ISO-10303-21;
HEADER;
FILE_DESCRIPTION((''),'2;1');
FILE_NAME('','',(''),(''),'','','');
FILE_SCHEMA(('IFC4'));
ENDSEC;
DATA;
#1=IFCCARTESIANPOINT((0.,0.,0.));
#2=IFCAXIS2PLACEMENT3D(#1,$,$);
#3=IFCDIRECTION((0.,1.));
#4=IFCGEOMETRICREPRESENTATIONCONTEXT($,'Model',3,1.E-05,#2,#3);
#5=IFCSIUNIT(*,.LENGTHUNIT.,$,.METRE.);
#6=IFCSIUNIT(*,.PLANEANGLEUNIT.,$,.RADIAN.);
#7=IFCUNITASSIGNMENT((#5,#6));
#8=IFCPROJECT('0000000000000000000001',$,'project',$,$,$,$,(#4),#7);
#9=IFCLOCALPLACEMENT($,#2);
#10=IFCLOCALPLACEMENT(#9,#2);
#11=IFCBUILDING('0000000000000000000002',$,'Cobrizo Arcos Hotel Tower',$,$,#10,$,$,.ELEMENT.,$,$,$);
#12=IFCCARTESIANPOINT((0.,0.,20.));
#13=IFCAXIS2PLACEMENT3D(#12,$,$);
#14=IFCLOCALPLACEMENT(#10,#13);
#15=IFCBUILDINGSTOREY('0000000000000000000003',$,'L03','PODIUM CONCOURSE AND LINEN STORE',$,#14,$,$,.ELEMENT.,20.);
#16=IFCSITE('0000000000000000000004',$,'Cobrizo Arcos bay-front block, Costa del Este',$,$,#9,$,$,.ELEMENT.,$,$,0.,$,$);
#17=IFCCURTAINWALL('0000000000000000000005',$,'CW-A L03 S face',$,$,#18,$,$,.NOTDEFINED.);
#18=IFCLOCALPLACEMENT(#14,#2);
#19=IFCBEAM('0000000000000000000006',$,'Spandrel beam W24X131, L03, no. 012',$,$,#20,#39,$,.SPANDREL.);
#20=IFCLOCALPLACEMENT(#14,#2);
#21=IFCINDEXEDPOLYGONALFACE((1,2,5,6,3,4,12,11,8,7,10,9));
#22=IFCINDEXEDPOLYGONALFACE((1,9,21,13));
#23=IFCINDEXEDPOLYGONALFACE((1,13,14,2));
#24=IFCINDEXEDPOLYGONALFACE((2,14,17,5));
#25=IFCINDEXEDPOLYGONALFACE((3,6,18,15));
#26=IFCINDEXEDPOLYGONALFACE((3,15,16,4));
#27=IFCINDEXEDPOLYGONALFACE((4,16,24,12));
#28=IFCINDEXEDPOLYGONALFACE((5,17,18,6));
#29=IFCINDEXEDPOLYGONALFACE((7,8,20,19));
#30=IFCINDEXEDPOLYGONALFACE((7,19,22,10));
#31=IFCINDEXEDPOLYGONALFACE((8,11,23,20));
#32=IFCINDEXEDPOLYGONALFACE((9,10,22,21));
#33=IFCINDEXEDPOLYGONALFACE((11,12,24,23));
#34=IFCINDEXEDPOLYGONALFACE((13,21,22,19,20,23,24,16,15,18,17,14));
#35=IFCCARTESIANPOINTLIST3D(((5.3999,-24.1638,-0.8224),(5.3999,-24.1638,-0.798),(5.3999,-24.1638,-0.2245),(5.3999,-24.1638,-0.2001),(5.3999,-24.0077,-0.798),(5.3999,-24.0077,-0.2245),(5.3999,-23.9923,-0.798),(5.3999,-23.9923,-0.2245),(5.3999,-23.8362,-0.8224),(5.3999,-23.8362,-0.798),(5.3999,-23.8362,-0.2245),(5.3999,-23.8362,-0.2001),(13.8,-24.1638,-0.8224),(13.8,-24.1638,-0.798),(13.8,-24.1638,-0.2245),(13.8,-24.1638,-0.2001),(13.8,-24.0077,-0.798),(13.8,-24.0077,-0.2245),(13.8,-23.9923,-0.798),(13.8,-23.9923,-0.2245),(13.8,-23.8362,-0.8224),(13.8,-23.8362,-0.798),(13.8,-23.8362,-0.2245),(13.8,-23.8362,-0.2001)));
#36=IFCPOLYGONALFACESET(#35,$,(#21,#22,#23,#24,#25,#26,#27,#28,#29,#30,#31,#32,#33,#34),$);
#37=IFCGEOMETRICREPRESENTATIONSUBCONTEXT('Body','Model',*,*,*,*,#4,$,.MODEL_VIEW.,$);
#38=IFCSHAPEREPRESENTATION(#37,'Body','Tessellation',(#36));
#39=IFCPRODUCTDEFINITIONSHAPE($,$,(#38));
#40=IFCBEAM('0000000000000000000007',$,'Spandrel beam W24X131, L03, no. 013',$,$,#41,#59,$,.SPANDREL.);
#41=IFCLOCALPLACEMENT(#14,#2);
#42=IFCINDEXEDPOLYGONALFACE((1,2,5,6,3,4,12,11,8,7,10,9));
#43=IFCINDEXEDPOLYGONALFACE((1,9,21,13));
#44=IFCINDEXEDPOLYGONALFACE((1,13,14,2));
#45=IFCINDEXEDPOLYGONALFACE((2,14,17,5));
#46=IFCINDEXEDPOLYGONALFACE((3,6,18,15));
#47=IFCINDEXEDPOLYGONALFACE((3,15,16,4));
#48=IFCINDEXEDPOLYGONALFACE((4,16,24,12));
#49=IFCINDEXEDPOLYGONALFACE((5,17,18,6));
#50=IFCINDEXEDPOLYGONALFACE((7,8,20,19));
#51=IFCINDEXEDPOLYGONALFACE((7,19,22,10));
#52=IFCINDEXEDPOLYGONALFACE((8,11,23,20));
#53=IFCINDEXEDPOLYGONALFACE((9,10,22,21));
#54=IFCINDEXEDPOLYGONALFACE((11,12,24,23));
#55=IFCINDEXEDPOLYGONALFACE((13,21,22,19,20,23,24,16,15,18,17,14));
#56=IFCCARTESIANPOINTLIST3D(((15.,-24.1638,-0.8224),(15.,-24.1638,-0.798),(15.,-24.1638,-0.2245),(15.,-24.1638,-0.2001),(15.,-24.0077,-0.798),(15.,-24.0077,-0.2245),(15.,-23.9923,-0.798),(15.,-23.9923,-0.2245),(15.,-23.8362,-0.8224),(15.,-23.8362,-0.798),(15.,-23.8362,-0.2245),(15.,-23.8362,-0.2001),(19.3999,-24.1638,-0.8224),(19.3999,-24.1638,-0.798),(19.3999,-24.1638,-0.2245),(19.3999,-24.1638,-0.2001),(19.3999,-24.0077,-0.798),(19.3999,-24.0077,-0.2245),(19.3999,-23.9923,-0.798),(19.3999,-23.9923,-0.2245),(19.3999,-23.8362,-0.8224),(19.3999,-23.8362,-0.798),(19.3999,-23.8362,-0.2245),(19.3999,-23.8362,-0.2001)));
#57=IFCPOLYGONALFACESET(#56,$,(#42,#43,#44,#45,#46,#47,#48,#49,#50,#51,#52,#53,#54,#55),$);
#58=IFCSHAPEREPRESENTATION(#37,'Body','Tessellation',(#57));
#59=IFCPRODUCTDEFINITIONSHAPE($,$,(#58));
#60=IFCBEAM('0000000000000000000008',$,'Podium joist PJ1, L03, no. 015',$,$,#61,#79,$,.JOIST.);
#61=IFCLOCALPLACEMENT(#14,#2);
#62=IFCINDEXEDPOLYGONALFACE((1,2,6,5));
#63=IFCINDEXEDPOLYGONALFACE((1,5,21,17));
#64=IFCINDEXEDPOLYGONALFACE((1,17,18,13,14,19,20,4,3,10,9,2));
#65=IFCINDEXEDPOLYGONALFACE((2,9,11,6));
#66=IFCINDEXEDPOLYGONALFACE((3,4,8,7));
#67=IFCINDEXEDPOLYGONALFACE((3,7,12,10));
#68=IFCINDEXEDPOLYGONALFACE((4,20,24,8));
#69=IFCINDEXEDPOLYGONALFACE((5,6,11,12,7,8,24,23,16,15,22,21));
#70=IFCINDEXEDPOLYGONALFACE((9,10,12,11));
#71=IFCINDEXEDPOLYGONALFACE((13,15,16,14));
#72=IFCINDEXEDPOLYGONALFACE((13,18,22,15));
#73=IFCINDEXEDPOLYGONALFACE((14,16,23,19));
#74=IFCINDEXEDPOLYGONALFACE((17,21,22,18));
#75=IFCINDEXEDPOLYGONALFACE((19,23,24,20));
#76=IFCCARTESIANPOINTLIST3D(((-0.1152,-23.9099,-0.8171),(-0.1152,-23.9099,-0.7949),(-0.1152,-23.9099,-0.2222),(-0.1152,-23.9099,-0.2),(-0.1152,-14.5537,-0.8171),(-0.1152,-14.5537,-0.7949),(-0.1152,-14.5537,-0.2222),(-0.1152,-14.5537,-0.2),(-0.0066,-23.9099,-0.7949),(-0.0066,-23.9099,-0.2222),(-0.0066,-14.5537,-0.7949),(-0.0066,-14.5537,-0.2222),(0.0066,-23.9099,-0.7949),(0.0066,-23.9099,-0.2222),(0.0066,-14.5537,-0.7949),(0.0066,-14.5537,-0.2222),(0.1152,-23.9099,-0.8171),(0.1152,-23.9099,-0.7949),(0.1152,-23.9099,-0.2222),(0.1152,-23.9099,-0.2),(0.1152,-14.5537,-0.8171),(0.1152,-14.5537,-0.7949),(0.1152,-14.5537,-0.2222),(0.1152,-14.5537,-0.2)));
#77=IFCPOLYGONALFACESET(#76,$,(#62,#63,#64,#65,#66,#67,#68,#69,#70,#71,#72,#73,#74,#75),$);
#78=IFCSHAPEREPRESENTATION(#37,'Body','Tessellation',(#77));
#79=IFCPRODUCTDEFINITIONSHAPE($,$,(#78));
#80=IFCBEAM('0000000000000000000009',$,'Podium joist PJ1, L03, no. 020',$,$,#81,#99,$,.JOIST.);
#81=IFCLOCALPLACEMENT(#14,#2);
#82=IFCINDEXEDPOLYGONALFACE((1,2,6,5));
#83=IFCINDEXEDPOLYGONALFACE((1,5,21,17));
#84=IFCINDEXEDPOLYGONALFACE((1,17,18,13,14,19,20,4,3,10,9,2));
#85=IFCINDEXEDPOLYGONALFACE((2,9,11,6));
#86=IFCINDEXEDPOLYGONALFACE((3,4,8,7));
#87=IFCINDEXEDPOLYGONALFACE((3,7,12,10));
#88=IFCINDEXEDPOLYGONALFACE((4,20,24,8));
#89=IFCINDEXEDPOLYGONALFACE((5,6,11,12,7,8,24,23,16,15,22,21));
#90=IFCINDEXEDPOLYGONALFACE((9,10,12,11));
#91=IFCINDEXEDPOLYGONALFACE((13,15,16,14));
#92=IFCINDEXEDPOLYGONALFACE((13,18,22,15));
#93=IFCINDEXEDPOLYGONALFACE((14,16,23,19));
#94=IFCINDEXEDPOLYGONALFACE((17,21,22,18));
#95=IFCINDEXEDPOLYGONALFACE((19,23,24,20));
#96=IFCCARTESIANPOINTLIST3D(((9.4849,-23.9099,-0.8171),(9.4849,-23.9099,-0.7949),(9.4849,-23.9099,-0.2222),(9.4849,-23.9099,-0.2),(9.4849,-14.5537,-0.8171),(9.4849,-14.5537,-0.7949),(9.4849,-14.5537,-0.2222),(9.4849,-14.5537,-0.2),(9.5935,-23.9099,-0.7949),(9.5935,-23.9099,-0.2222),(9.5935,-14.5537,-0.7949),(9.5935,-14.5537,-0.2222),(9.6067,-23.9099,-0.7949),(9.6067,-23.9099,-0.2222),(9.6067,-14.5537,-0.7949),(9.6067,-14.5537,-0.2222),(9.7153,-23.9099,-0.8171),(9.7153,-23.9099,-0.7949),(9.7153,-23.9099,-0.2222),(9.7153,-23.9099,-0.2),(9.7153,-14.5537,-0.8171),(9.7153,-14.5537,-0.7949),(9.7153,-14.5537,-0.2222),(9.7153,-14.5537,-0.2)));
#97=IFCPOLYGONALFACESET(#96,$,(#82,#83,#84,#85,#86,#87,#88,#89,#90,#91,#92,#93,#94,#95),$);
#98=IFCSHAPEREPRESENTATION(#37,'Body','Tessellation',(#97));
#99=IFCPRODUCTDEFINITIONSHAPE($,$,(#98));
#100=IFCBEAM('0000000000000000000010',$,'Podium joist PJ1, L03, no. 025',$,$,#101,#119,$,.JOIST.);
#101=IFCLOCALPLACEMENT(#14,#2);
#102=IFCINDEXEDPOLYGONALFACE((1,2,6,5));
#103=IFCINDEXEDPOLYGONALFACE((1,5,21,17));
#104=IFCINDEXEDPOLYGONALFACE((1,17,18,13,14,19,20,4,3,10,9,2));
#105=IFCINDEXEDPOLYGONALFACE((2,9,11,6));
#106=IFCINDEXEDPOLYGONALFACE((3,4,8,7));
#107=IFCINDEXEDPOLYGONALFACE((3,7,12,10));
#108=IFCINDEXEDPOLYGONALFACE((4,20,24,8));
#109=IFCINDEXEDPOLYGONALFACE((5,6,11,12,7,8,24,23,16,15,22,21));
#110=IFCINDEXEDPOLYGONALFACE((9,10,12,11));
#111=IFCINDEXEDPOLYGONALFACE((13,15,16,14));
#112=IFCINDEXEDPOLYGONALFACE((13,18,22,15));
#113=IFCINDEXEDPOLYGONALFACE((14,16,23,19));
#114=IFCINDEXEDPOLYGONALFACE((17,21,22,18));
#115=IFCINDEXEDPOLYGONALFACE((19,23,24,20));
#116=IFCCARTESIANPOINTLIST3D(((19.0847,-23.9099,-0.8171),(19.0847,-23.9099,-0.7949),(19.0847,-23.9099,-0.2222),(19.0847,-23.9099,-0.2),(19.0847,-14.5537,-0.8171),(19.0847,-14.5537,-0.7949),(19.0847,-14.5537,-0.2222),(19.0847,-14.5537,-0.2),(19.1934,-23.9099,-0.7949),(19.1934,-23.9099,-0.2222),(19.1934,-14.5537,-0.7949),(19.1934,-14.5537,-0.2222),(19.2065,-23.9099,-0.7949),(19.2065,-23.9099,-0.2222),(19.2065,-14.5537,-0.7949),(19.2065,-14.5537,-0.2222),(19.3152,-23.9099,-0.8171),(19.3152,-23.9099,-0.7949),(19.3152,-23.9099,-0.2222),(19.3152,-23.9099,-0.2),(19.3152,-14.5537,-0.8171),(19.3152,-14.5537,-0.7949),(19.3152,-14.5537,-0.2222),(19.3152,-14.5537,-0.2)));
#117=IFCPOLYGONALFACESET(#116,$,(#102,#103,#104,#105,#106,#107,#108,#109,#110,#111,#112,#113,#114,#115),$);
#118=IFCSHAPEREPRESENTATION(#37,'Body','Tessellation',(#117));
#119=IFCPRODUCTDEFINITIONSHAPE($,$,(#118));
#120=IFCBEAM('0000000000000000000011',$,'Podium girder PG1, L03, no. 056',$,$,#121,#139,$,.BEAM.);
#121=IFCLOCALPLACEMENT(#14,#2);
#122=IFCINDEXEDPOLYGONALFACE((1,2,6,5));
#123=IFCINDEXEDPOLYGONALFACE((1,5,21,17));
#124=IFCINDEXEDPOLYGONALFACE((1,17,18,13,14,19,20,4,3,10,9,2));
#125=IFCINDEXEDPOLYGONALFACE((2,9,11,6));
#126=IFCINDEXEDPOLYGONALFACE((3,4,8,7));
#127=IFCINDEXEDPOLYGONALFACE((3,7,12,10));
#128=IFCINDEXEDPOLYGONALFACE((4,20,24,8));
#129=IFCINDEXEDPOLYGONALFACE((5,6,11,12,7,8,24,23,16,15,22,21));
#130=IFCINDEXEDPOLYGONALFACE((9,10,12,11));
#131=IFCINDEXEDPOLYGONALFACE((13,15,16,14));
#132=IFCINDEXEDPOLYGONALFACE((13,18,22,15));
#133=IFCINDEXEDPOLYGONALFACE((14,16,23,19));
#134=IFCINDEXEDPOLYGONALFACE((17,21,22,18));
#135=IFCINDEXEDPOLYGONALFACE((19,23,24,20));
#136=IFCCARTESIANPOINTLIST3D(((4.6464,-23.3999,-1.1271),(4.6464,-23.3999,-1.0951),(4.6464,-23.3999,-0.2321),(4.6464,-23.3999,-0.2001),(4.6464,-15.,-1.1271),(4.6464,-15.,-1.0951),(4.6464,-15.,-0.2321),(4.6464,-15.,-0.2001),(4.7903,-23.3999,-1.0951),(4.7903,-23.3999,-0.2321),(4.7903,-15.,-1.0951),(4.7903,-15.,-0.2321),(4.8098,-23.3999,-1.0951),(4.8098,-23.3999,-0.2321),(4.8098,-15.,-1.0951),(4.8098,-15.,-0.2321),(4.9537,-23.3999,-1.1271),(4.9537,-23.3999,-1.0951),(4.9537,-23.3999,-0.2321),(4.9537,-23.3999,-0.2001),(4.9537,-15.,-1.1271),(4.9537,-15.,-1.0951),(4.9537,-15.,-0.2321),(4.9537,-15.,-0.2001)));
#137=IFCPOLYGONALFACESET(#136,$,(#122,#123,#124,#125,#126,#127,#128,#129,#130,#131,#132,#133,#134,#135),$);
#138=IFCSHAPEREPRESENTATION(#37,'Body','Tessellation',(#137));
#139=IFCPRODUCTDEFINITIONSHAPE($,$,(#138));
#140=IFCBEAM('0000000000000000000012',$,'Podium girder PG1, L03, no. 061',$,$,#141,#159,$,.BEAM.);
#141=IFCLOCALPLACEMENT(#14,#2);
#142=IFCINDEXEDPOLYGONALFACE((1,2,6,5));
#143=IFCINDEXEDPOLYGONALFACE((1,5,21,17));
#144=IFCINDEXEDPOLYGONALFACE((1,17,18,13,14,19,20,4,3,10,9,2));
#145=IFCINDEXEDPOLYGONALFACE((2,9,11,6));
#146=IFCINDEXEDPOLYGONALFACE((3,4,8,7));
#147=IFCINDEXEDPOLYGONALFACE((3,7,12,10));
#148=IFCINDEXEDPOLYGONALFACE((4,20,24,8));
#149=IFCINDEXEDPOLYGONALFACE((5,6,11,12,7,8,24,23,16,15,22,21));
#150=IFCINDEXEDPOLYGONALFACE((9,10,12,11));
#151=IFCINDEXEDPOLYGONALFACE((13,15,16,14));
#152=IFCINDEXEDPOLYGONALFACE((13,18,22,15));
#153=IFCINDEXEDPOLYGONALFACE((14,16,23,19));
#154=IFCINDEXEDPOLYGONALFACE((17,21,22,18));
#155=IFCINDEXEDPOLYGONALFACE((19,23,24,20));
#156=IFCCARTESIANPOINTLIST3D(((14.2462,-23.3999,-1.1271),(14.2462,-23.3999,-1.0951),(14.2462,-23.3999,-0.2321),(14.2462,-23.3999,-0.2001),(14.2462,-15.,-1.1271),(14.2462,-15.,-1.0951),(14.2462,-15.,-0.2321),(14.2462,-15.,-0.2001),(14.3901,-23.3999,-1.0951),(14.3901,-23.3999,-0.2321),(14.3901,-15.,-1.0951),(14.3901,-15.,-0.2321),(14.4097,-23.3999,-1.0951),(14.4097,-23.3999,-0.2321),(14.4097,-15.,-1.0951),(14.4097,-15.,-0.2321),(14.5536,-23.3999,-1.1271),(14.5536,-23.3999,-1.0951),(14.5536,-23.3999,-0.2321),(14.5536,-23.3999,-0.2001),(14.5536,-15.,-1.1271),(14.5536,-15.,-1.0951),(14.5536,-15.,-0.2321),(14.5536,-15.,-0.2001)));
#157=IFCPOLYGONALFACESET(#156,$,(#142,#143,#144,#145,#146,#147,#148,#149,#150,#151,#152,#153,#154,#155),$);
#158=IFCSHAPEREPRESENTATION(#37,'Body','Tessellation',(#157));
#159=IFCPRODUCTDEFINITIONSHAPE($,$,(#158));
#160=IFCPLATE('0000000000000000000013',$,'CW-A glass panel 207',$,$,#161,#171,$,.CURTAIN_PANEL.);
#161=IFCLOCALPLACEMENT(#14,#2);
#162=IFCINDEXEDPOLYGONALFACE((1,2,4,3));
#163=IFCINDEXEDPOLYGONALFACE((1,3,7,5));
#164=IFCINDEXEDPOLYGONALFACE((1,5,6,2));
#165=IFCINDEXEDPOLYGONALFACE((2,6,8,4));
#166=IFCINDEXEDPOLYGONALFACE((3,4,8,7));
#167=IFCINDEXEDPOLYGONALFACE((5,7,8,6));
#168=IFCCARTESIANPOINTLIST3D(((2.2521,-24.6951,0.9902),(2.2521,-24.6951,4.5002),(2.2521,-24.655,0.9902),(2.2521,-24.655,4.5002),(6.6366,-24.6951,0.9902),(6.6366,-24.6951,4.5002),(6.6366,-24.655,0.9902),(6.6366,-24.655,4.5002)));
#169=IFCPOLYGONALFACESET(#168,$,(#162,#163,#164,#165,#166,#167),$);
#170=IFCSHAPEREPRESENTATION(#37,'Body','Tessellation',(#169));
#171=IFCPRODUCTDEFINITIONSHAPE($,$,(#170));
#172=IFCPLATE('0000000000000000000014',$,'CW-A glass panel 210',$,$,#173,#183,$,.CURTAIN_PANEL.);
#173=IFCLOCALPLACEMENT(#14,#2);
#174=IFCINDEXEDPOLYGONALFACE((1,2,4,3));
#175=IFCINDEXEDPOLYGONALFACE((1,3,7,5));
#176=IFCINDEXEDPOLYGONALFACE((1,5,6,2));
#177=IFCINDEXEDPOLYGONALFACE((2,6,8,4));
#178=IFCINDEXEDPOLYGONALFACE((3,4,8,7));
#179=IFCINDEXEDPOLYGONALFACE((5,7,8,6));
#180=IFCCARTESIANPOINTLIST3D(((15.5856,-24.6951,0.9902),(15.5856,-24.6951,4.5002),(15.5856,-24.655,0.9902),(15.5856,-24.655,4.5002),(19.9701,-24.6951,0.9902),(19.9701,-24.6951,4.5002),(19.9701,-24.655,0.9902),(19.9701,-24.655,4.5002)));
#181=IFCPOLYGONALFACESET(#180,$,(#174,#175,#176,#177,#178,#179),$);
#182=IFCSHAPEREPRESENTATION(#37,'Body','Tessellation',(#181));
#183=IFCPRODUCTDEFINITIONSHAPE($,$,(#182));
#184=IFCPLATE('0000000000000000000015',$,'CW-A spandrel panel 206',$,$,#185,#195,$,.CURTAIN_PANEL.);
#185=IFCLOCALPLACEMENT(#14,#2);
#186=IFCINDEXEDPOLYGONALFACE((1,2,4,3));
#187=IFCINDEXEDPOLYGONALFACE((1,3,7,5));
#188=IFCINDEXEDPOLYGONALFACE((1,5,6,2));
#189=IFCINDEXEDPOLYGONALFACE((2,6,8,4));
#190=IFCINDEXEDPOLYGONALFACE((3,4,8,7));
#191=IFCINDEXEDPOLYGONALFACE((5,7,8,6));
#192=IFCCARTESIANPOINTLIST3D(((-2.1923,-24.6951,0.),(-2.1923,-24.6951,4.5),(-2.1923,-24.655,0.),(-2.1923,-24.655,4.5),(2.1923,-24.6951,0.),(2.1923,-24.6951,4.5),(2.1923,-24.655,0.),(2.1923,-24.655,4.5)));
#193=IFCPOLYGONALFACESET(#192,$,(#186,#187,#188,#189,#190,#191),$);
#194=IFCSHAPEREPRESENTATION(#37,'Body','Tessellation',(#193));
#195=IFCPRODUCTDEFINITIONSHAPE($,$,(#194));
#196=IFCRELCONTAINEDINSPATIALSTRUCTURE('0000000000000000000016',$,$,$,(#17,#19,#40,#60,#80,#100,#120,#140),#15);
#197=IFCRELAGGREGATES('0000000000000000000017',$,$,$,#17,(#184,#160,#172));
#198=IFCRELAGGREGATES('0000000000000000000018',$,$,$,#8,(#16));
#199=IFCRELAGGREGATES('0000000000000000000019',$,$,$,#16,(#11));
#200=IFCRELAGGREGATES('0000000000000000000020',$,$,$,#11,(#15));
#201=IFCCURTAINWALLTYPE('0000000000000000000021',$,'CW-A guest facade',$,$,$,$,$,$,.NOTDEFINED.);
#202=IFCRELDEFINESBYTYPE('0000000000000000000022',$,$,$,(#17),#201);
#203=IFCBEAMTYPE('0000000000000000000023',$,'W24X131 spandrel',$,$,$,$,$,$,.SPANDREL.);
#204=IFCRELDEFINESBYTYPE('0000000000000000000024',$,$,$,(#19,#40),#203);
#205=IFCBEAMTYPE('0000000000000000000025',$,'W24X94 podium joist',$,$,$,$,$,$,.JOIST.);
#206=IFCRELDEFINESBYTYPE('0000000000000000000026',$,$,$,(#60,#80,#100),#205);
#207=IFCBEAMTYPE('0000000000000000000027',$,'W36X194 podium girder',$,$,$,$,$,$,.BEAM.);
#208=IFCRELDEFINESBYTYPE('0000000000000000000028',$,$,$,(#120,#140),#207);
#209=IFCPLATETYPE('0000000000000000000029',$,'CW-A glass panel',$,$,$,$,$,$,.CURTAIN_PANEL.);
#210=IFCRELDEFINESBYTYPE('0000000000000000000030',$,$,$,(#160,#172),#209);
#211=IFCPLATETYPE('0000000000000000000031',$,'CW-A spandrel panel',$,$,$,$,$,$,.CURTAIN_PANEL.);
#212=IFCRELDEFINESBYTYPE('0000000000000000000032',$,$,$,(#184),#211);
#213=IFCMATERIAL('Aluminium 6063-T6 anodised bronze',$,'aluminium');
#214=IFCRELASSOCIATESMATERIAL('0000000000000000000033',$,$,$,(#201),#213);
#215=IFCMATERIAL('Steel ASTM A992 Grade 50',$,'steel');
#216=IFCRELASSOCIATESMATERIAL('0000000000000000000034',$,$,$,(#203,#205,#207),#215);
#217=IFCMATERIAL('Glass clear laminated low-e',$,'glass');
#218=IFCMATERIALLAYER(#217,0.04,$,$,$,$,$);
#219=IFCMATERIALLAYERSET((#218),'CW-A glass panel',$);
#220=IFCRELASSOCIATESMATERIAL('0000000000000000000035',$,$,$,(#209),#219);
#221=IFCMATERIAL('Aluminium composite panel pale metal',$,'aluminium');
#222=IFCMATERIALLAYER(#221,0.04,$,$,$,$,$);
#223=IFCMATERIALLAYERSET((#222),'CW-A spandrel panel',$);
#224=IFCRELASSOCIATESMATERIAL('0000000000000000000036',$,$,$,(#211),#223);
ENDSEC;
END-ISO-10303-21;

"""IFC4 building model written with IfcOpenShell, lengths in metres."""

from ifc_helpers import new_model, si_unit, direction, frame, origin, origin_2d, place, context, subcontext, project, spatial, rectangle, i_section, extrude, material, layer, layer_set, material_profile, profile_set, type_object, element, aggregate, save


model = new_model("IFC4")

# Units and contexts
model_context = context("Model", 3, precision=1e-05, world=origin(), true_north=direction((0.0, 1.0)))
body_context = subcontext(model_context, "Body", "Model", "MODEL_VIEW")
ifc_project = project(units=[si_unit("LENGTHUNIT", "METRE"), si_unit("PLANEANGLEUNIT", "RADIAN")], contexts=[model_context])

# Site, building, storey
site_placement = place(None, origin())
site = spatial("IfcSite", under=ifc_project, at=site_placement, Name="Cobrizo Arcos bay-front block, Costa del Este", CompositionType="ELEMENT", RefElevation=0.0)
building_placement = place(site_placement, origin())
building = spatial("IfcBuilding", under=site, at=building_placement, Name="Cobrizo Arcos Hotel Tower", CompositionType="ELEMENT")
storey_placement = place(building_placement, frame((0.0, 0.0, 20.0)))
storey = spatial("IfcBuildingStorey", under=building, at=storey_placement, Name="L03", Description="PODIUM CONCOURSE AND LINEN STORE", CompositionType="ELEMENT", Elevation=20.0)

# Curtain wall
ifc_material_1 = material(Name="Aluminium 6063-T6 anodised bronze", Category="aluminium")
curtain_wall_type = type_object("IfcCurtainWallType", Name="CW-A guest facade", PredefinedType="NOTDEFINED", material=ifc_material_1)
curtain_wall_placement = place(storey_placement, origin())
curtain_wall = element("IfcCurtainWall", 1, at=curtain_wall_placement, inside=storey, type_object=curtain_wall_type, Name="CW-A L03 S face", PredefinedType="NOTDEFINED")

# Beams
ifc_material_2 = material(Name="Steel ASTM A992 Grade 50", Category="steel")
ifc_material_profile_1 = material_profile(ifc_material_2, i_section(OverallWidth=0.3276, OverallDepth=0.6223, WebThickness=0.0154, FlangeThickness=0.0244, at=origin_2d()), Name="W24X131")
ifc_profile_set_1 = profile_set([ifc_material_profile_1], Name="Steel ASTM A992 Grade 50")
beam_type_1 = type_object("IfcBeamType", Name="W24X131 spandrel", PredefinedType="SPANDREL", material=ifc_profile_set_1)
beam_1_placement = place(storey_placement, frame((5.3999, -24.0, -0.5112), z_axis=(1.0, 0.0, 0.0), x_axis=(0.0, 1.0, 0.0)))
element("IfcBeam", 2, at=beam_1_placement, inside=storey, type_object=beam_type_1, Name="Spandrel beam W24X131, L03, no. 012", PredefinedType="SPANDREL", context=body_context, shape_type="SweptSolid", body=[
    extrude(i_section(OverallWidth=0.3276, OverallDepth=0.6223, WebThickness=0.0154, FlangeThickness=0.0244, at=origin_2d()), origin(), (0.0, 0.0, 1.0), 8.4001),
])
beam_2_placement = place(storey_placement, frame((15.0, -24.0, -0.5112), z_axis=(1.0, 0.0, 0.0), x_axis=(0.0, 1.0, 0.0)))
element("IfcBeam", 3, at=beam_2_placement, inside=storey, type_object=beam_type_1, Name="Spandrel beam W24X131, L03, no. 013", PredefinedType="SPANDREL", context=body_context, shape_type="SweptSolid", body=[
    extrude(i_section(OverallWidth=0.3276, OverallDepth=0.6223, WebThickness=0.0154, FlangeThickness=0.0244, at=origin_2d()), origin(), (0.0, 0.0, 1.0), 4.3999),
])
ifc_material_profile_2 = material_profile(ifc_material_2, i_section(OverallWidth=0.2305, OverallDepth=0.6172, WebThickness=0.0132, FlangeThickness=0.0222, at=origin_2d()), Name="W24X94")
ifc_profile_set_2 = profile_set([ifc_material_profile_2], Name="Steel ASTM A992 Grade 50")
beam_type_2 = type_object("IfcBeamType", Name="W24X94 podium joist", PredefinedType="JOIST", material=ifc_profile_set_2)
for number, where, z_axis, x_axis, name in (
    (4, (0.0, -23.9099, -0.5085), (0.0, 1.0, 0.0), (-1.0, 0.0, 0.0), "Podium joist PJ1, L03, no. 015"),
    (5, (9.6001, -23.9099, -0.5085), (0.0, 1.0, 0.0), (-1.0, 0.0, 0.0), "Podium joist PJ1, L03, no. 020"),
    (6, (19.2, -23.9099, -0.5085), (0.0, 1.0, 0.0), (-1.0, 0.0, 0.0), "Podium joist PJ1, L03, no. 025"),
):
    element("IfcBeam", number, at=place(storey_placement, frame(where, z_axis=z_axis, x_axis=x_axis)), inside=storey, type_object=beam_type_2, Name=name, PredefinedType="JOIST", context=body_context, shape_type="SweptSolid", body=[
        extrude(i_section(OverallWidth=0.2305, OverallDepth=0.6172, WebThickness=0.0132, FlangeThickness=0.0222, at=origin_2d()), origin(), (0.0, 0.0, 1.0), 9.3562),
    ])
ifc_material_profile_3 = material_profile(ifc_material_2, i_section(OverallWidth=0.3074, OverallDepth=0.927, WebThickness=0.0195, FlangeThickness=0.032, at=origin_2d()), Name="W36X194")
ifc_profile_set_3 = profile_set([ifc_material_profile_3], Name="Steel ASTM A992 Grade 50")
beam_type_3 = type_object("IfcBeamType", Name="W36X194 podium girder", PredefinedType="BEAM", material=ifc_profile_set_3)
for number, where, z_axis, x_axis, name in (
    (7, (4.8, -23.3999, -0.6636), (0.0, 1.0, 0.0), (-1.0, 0.0, 0.0), "Podium girder PG1, L03, no. 056"),
    (8, (14.3999, -23.3999, -0.6636), (0.0, 1.0, 0.0), (-1.0, 0.0, 0.0), "Podium girder PG1, L03, no. 061"),
):
    element("IfcBeam", number, at=place(storey_placement, frame(where, z_axis=z_axis, x_axis=x_axis)), inside=storey, type_object=beam_type_3, Name=name, PredefinedType="BEAM", context=body_context, shape_type="SweptSolid", body=[
        extrude(i_section(OverallWidth=0.3074, OverallDepth=0.927, WebThickness=0.0195, FlangeThickness=0.032, at=origin_2d()), origin(), (0.0, 0.0, 1.0), 8.3999),
    ])

# Plates
ifc_material_3 = material(Name="Glass clear laminated low-e", Category="glass")
ifc_layer_1 = layer(ifc_material_3, 0.04)
ifc_layer_set_1 = layer_set([ifc_layer_1], Name="CW-A glass panel")
plate_type_1 = type_object("IfcPlateType", Name="CW-A glass panel", PredefinedType="CURTAIN_PANEL", material=ifc_layer_set_1)
plate_1_placement = place(storey_placement, frame((4.4443, -24.675, 0.9902), z_axis=(0.0, 0.0, 1.0), x_axis=(1.0, 0.0, 0.0)))
plate_1 = element("IfcPlate", 9, at=plate_1_placement, type_object=plate_type_1, Name="CW-A glass panel 207", PredefinedType="CURTAIN_PANEL", context=body_context, shape_type="SweptSolid", body=[
    extrude(rectangle(XDim=4.3845, YDim=0.04, at=origin_2d()), origin(), (0.0, 0.0, 1.0), 3.51),
])
plate_2_placement = place(storey_placement, frame((17.7778, -24.675, 0.9902), z_axis=(0.0, 0.0, 1.0), x_axis=(1.0, 0.0, 0.0)))
plate_2 = element("IfcPlate", 10, at=plate_2_placement, type_object=plate_type_1, Name="CW-A glass panel 210", PredefinedType="CURTAIN_PANEL", context=body_context, shape_type="SweptSolid", body=[
    extrude(rectangle(XDim=4.3845, YDim=0.04, at=origin_2d()), origin(), (0.0, 0.0, 1.0), 3.51),
])
ifc_material_4 = material(Name="Aluminium composite panel pale metal", Category="aluminium")
ifc_layer_2 = layer(ifc_material_4, 0.04)
ifc_layer_set_2 = layer_set([ifc_layer_2], Name="CW-A spandrel panel")
plate_type_2 = type_object("IfcPlateType", Name="CW-A spandrel panel", PredefinedType="CURTAIN_PANEL", material=ifc_layer_set_2)
plate_3_placement = place(storey_placement, frame((0.0, -24.675, 0.0), z_axis=(0.0, 0.0, 1.0), x_axis=(1.0, 0.0, 0.0)))
plate_3 = element("IfcPlate", 11, at=plate_3_placement, type_object=plate_type_2, Name="CW-A spandrel panel 206", PredefinedType="CURTAIN_PANEL", context=body_context, shape_type="SweptSolid", body=[
    extrude(rectangle(XDim=4.3845, YDim=0.04, at=origin_2d()), origin(), (0.0, 0.0, 1.0), 4.5),
])
aggregate(curtain_wall, [plate_3, plate_1, plate_2])

save(model, "model.ifc")
